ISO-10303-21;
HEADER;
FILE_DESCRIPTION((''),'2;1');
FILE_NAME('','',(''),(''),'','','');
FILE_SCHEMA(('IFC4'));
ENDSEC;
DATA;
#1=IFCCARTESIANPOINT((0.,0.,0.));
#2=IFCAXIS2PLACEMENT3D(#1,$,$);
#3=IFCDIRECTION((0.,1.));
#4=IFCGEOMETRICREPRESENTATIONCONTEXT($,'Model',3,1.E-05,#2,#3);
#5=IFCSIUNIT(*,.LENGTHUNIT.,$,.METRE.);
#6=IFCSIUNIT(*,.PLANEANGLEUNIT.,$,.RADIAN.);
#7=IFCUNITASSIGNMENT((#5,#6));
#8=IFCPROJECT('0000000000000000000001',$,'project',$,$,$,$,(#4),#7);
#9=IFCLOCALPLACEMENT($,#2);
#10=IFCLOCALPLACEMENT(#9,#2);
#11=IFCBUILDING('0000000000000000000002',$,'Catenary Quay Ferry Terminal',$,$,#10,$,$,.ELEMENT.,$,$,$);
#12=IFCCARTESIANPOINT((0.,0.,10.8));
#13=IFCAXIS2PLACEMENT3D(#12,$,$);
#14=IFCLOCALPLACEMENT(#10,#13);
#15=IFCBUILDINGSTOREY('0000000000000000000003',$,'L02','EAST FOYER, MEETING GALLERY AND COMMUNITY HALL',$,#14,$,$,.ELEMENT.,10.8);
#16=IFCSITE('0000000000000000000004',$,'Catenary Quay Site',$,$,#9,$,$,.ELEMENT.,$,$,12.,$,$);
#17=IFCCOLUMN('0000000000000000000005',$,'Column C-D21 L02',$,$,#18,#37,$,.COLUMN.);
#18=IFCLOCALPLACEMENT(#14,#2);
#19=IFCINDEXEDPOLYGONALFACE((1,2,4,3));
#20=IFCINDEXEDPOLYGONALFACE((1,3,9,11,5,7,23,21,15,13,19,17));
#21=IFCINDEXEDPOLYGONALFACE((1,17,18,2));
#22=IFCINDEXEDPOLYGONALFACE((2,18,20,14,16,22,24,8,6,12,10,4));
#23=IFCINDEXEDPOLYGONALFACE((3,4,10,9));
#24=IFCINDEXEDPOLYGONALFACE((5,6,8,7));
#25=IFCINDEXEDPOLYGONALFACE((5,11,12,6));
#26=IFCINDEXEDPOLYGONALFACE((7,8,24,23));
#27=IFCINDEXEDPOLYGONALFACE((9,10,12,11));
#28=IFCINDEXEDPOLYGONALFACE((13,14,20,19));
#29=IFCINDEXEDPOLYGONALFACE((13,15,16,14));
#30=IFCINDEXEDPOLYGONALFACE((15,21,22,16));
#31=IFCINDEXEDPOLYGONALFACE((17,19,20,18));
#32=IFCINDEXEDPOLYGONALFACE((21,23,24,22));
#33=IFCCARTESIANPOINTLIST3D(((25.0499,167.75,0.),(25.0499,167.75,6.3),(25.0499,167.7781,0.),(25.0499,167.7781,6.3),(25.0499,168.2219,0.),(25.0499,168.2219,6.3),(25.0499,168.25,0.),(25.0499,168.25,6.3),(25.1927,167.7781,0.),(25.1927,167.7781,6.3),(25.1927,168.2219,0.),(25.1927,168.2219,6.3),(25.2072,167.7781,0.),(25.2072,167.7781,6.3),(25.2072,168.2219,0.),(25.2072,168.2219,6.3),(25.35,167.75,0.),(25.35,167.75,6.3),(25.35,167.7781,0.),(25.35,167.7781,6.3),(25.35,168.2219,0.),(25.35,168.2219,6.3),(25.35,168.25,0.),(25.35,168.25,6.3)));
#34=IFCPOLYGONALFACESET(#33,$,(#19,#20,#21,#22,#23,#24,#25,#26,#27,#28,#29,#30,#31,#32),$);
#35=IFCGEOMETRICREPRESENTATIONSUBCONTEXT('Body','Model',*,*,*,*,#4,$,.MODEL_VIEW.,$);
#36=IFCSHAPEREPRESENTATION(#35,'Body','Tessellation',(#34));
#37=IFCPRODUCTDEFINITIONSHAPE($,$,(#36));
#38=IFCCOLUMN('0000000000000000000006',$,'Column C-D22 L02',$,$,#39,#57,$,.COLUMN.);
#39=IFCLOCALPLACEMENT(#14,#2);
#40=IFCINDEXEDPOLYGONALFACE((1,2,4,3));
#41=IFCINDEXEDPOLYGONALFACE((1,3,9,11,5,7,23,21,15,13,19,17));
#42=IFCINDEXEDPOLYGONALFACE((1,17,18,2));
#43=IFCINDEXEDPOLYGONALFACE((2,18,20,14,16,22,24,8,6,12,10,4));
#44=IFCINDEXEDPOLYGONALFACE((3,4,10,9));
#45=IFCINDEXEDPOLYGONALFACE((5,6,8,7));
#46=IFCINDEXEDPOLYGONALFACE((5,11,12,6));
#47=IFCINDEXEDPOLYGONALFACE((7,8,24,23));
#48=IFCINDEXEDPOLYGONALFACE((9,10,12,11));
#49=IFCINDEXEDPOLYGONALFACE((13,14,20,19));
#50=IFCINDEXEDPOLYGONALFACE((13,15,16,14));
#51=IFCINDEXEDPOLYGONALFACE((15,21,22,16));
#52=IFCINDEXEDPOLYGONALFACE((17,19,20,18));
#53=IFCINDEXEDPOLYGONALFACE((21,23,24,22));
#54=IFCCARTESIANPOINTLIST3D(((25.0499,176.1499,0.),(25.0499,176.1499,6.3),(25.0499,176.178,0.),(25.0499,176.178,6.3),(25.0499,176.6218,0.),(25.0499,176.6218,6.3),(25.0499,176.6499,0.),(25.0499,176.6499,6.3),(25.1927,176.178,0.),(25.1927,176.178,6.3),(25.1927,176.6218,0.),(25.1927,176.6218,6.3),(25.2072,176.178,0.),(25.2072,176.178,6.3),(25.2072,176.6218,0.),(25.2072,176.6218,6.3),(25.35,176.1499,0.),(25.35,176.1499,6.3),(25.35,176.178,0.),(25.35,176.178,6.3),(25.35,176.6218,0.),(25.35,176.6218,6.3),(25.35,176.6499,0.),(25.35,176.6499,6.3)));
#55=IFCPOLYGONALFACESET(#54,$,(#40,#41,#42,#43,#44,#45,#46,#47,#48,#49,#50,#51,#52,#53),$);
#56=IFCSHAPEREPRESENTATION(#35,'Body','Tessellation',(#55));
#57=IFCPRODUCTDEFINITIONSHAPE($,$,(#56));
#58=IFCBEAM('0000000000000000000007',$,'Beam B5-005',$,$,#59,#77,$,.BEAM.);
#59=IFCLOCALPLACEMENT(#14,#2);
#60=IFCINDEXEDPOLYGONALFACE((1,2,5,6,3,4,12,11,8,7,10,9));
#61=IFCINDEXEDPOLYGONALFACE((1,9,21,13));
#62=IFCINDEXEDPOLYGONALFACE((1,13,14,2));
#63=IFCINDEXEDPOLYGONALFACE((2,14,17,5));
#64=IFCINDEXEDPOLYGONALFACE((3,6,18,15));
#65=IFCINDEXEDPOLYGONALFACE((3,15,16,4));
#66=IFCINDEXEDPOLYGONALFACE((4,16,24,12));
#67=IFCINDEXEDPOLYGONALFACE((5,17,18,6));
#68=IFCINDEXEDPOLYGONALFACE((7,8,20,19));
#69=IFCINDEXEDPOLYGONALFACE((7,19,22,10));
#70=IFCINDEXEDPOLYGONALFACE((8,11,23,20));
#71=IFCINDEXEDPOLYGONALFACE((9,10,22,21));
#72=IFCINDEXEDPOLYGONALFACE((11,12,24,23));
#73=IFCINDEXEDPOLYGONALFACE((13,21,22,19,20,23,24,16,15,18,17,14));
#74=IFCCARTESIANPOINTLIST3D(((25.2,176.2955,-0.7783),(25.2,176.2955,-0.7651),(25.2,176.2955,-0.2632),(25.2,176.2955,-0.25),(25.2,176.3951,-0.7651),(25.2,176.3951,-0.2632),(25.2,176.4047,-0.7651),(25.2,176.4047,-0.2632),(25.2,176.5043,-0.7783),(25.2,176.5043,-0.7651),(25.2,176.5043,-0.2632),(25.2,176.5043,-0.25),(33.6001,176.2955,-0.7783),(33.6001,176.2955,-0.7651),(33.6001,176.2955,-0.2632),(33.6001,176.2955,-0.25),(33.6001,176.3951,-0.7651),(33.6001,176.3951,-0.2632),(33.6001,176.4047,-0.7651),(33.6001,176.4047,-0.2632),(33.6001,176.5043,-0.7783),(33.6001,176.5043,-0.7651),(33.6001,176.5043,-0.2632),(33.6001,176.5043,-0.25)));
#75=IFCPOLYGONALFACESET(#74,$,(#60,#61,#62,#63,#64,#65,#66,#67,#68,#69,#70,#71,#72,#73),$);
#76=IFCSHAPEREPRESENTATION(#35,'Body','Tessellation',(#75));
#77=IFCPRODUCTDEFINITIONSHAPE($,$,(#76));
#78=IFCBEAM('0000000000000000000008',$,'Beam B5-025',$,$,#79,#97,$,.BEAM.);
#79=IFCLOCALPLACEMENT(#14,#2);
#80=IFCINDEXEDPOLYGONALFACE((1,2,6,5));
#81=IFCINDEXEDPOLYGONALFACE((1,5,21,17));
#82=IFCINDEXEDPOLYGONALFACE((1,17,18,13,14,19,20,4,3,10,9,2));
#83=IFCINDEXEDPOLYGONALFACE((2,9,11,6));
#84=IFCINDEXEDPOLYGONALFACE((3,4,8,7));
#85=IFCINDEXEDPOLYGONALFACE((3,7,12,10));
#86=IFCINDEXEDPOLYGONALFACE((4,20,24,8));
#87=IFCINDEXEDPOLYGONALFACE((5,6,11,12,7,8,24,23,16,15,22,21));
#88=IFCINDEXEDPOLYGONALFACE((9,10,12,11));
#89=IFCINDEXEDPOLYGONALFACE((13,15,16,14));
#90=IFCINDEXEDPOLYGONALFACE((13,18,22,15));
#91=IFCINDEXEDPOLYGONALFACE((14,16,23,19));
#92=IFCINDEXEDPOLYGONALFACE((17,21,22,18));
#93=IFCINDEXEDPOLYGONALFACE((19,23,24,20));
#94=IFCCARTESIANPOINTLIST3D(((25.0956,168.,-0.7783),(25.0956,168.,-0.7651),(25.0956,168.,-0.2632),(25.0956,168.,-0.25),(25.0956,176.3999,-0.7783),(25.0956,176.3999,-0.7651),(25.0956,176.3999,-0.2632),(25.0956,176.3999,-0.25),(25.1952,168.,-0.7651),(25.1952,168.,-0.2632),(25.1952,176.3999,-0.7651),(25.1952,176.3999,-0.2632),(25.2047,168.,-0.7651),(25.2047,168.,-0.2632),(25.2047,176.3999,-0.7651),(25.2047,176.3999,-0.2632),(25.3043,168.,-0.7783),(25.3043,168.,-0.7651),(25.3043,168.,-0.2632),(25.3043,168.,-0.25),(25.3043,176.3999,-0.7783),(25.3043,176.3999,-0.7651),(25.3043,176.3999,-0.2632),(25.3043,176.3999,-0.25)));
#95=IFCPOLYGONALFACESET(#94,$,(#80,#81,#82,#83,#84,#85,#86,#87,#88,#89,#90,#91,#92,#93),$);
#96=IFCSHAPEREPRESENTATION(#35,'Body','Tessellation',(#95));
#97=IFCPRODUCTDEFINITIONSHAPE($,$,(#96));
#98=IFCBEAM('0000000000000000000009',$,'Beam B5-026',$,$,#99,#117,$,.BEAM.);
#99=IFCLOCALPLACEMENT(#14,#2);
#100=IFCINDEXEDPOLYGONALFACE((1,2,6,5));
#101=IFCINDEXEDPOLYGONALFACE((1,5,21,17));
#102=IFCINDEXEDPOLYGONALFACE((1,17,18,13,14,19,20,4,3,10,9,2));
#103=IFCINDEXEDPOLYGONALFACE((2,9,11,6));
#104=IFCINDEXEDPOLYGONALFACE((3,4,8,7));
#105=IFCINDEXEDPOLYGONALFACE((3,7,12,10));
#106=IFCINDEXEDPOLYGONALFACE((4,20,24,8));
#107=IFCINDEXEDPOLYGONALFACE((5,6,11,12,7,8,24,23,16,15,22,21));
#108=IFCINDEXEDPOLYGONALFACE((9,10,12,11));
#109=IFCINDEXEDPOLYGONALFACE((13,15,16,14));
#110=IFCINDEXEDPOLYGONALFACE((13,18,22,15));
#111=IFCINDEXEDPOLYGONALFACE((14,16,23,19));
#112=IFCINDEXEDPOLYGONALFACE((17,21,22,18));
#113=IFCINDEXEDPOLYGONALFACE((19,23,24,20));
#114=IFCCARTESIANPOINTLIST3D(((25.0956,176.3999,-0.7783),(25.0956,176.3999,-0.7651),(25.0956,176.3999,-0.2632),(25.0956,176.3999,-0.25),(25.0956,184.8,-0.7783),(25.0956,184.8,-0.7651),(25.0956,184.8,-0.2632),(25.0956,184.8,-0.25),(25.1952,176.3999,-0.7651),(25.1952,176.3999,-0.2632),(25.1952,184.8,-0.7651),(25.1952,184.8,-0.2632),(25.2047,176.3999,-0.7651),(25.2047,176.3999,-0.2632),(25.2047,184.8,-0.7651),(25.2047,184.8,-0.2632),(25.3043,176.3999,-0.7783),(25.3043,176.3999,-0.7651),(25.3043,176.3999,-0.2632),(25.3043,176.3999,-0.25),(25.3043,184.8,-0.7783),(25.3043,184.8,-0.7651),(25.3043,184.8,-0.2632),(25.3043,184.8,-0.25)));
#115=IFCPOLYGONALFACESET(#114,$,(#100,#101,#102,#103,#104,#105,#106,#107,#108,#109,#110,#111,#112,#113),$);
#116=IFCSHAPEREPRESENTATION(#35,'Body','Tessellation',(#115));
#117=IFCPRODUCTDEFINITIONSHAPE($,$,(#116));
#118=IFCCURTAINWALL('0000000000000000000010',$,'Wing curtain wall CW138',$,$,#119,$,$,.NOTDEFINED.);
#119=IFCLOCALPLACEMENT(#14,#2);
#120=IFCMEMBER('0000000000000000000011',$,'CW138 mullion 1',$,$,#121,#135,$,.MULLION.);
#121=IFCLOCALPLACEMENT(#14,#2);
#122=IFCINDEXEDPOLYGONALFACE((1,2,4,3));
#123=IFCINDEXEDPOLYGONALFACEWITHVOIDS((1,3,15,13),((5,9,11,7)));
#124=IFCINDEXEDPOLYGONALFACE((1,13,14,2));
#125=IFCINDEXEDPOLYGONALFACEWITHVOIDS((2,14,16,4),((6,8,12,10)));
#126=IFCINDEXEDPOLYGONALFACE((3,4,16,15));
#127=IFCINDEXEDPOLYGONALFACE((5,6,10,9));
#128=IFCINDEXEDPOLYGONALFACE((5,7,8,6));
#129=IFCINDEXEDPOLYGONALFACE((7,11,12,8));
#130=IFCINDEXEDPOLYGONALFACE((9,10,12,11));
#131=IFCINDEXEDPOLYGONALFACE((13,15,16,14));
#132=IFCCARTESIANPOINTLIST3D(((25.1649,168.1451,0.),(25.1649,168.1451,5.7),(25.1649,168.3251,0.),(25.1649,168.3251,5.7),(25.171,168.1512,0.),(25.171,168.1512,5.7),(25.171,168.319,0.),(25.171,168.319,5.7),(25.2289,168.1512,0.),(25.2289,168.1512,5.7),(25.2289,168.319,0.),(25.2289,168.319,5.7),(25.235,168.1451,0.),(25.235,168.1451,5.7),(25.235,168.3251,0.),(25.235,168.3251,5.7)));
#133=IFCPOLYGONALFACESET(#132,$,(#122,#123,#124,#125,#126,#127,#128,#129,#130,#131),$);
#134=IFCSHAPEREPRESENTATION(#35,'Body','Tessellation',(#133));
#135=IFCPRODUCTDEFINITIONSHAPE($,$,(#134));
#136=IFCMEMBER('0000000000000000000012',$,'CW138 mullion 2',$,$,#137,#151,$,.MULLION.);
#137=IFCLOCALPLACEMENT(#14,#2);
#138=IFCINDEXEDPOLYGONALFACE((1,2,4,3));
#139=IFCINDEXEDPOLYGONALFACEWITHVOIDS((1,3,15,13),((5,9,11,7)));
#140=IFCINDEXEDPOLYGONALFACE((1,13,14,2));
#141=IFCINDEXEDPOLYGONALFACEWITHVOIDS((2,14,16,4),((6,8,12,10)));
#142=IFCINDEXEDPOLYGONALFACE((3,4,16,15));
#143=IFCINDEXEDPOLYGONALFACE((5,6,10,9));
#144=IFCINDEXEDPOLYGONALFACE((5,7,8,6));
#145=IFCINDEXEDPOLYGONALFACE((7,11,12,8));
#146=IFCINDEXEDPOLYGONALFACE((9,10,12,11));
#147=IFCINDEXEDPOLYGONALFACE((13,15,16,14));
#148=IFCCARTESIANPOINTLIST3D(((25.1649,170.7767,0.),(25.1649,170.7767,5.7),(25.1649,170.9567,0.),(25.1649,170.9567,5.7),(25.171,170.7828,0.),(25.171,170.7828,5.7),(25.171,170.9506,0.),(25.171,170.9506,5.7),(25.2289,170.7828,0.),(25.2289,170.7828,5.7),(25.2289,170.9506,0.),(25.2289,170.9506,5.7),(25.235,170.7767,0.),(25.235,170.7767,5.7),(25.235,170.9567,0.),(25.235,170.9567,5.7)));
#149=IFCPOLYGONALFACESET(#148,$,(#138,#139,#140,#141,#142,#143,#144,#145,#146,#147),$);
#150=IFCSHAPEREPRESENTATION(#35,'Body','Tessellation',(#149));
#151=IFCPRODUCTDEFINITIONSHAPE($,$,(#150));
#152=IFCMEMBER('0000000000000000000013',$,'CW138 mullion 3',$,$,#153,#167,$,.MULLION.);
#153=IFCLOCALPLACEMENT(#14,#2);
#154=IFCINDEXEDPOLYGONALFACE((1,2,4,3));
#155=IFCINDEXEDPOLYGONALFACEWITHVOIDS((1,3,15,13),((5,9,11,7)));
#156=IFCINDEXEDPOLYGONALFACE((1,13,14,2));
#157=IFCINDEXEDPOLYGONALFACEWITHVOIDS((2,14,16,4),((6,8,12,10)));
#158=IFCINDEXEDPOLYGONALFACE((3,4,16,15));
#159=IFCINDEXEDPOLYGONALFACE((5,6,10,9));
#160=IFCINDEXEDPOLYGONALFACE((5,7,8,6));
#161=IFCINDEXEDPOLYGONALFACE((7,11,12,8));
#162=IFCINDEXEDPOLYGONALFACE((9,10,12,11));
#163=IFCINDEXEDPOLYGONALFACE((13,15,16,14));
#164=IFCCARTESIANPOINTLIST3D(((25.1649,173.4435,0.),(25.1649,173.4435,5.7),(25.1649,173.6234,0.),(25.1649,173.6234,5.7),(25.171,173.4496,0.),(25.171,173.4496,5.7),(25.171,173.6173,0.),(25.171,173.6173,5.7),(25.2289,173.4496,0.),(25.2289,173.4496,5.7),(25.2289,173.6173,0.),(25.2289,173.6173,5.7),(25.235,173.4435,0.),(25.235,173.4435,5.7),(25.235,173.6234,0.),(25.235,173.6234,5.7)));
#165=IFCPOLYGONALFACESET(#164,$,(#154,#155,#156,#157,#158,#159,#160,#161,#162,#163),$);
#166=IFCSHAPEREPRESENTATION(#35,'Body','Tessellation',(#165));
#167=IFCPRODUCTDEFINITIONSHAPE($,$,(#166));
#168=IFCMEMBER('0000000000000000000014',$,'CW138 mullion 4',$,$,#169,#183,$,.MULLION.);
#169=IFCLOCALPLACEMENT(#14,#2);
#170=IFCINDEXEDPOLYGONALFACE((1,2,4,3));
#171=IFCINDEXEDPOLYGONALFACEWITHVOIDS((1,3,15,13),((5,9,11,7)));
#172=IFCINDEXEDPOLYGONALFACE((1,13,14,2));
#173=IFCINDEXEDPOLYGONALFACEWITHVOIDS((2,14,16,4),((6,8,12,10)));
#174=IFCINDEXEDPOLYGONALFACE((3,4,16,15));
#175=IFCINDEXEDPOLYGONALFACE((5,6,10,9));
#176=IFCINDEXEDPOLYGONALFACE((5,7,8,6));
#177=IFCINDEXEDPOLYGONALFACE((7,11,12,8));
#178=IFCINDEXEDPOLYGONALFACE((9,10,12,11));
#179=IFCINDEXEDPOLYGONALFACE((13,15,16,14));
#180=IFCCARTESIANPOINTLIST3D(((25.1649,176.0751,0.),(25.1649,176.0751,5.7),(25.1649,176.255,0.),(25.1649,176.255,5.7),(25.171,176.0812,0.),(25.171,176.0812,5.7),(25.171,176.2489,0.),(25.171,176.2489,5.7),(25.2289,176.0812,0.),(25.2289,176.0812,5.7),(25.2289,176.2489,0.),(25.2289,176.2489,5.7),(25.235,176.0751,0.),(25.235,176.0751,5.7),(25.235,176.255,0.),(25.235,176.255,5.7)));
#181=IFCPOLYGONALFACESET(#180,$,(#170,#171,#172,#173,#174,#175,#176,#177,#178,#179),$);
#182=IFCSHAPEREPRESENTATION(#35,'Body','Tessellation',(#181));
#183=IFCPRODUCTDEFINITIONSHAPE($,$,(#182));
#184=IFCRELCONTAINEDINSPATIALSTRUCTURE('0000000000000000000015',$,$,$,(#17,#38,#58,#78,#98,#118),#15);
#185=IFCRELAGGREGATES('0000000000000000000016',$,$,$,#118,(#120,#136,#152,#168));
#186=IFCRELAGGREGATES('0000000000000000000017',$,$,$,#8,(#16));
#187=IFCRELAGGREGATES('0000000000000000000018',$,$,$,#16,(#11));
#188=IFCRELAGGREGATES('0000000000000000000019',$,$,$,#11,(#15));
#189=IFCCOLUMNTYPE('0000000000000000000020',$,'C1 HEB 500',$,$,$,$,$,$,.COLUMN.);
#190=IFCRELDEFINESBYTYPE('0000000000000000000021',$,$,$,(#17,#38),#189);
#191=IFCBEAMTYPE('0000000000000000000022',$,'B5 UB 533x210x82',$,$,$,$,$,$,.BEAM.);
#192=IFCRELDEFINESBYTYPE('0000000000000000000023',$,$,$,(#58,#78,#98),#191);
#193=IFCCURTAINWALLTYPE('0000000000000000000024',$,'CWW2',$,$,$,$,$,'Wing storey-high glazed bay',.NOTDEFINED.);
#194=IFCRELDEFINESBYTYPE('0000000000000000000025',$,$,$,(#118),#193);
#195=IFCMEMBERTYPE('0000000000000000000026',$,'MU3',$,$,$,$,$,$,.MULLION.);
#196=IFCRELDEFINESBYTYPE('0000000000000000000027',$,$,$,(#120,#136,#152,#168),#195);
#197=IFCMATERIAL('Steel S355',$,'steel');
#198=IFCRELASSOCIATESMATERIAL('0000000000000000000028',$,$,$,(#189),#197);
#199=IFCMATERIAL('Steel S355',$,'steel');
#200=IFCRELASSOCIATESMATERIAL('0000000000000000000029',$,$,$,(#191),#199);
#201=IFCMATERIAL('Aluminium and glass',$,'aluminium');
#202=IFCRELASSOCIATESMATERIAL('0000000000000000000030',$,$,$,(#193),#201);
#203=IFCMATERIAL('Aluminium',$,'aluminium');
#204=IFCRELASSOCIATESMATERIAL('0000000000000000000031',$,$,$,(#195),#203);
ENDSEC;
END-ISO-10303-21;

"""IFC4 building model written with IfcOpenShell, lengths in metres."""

from ifc_helpers import new_model, si_unit, direction, frame, origin, origin_2d, place, context, subcontext, project, spatial, hollow_rectangle, i_section, extrude, material, material_profile, profile_set, type_object, element, aggregate, save


model = new_model("IFC4")

# Units and contexts
model_context = context("Model", 3, precision=1e-05, world=origin(), true_north=direction((0.0, 1.0)))
body_context = subcontext(model_context, "Body", "Model", "MODEL_VIEW")
ifc_project = project(units=[si_unit("LENGTHUNIT", "METRE"), si_unit("PLANEANGLEUNIT", "RADIAN")], contexts=[model_context])

# Site, building, storey
site_placement = place(None, origin())
site = spatial("IfcSite", under=ifc_project, at=site_placement, Name="Catenary Quay Site", CompositionType="ELEMENT", RefElevation=12.0)
building_placement = place(site_placement, origin())
building = spatial("IfcBuilding", under=site, at=building_placement, Name="Catenary Quay Ferry Terminal", CompositionType="ELEMENT")
storey_placement = place(building_placement, frame((0.0, 0.0, 10.8)))
storey = spatial("IfcBuildingStorey", under=building, at=storey_placement, Name="L02", Description="EAST FOYER, MEETING GALLERY AND COMMUNITY HALL", CompositionType="ELEMENT", Elevation=10.8)

# Columns
ifc_material_1 = material(Name="Steel S355", Category="steel")
ifc_material_profile_1 = material_profile(ifc_material_1, i_section(OverallWidth=0.3, OverallDepth=0.5, WebThickness=0.0144, FlangeThickness=0.0281, at=origin_2d()), Name="HEB 500")
ifc_profile_set_1 = profile_set([ifc_material_profile_1], Name="Steel S355")
column_type = type_object("IfcColumnType", Name="C1 HEB 500", PredefinedType="COLUMN", material=ifc_profile_set_1)
for number, where, z_axis, x_axis, name in (
    (1, (25.2, 168.0, 0.0), (0.0, 0.0, 1.0), (1.0, 0.0, 0.0), "Column C-D21 L02"),
    (2, (25.2, 176.3999, 0.0), (0.0, 0.0, 1.0), (1.0, 0.0, 0.0), "Column C-D22 L02"),
):
    element("IfcColumn", number, at=place(storey_placement, frame(where, z_axis=z_axis, x_axis=x_axis)), inside=storey, type_object=column_type, Name=name, PredefinedType="COLUMN", context=body_context, shape_type="SweptSolid", body=[
        extrude(i_section(OverallWidth=0.3, OverallDepth=0.5, WebThickness=0.0144, FlangeThickness=0.0281, at=origin_2d()), origin(), (0.0, 0.0, 1.0), 6.3),
    ])

# Beams
ifc_material_2 = material(Name="Steel S355", Category="steel")
ifc_material_profile_2 = material_profile(ifc_material_2, i_section(OverallWidth=0.2087, OverallDepth=0.5283, WebThickness=0.0095, FlangeThickness=0.0132, at=origin_2d()), Name="UB 533x210x82")
ifc_profile_set_2 = profile_set([ifc_material_profile_2], Name="Steel S355")
beam_type = type_object("IfcBeamType", Name="B5 UB 533x210x82", PredefinedType="BEAM", material=ifc_profile_set_2)
beam_1_placement = place(storey_placement, frame((25.2, 176.3999, -0.5142), z_axis=(1.0, 0.0, 0.0), x_axis=(0.0, 1.0, 0.0)))
element("IfcBeam", 3, at=beam_1_placement, inside=storey, type_object=beam_type, Name="Beam B5-005", PredefinedType="BEAM", context=body_context, shape_type="SweptSolid", body=[
    extrude(i_section(OverallWidth=0.2087, OverallDepth=0.5283, WebThickness=0.0095, FlangeThickness=0.0132, at=origin_2d()), origin(), (0.0, 0.0, 1.0), 8.4001),
])
beam_2_placement = place(storey_placement, frame((25.2, 168.0, -0.5142), z_axis=(0.0, 1.0, 0.0), x_axis=(-1.0, 0.0, 0.0)))
element("IfcBeam", 4, at=beam_2_placement, inside=storey, type_object=beam_type, Name="Beam B5-025", PredefinedType="BEAM", context=body_context, shape_type="SweptSolid", body=[
    extrude(i_section(OverallWidth=0.2087, OverallDepth=0.5283, WebThickness=0.0095, FlangeThickness=0.0132, at=origin_2d()), origin(), (0.0, 0.0, 1.0), 8.3999),
])
beam_3_placement = place(storey_placement, frame((25.2, 176.3999, -0.5142), z_axis=(0.0, 1.0, 0.0), x_axis=(-1.0, 0.0, 0.0)))
element("IfcBeam", 5, at=beam_3_placement, inside=storey, type_object=beam_type, Name="Beam B5-026", PredefinedType="BEAM", context=body_context, shape_type="SweptSolid", body=[
    extrude(i_section(OverallWidth=0.2087, OverallDepth=0.5283, WebThickness=0.0095, FlangeThickness=0.0132, at=origin_2d()), origin(), (0.0, 0.0, 1.0), 8.4001),
])

# Curtain wall, members
ifc_material_3 = material(Name="Aluminium and glass", Category="aluminium")
curtain_wall_type = type_object("IfcCurtainWallType", Name="CWW2", ElementType="Wing storey-high glazed bay", PredefinedType="NOTDEFINED", material=ifc_material_3)
curtain_wall_1_placement = place(storey_placement, origin())
curtain_wall_1 = element("IfcCurtainWall", 6, at=curtain_wall_1_placement, inside=storey, type_object=curtain_wall_type, Name="Wing curtain wall CW138", PredefinedType="NOTDEFINED")
ifc_material_4 = material(Name="Aluminium", Category="aluminium")
ifc_material_profile_3 = material_profile(ifc_material_4, hollow_rectangle(XDim=0.0701, YDim=0.1799, WallThickness=0.0061, at=origin_2d()), Name="MU3")
ifc_profile_set_3 = profile_set([ifc_material_profile_3], Name="Aluminium")
member_type_1 = type_object("IfcMemberType", Name="MU3", PredefinedType="MULLION", material=ifc_profile_set_3)
member_1_placement = place(storey_placement, frame((25.2, 168.2351, 0.0), z_axis=(0.0, 0.0, 1.0), x_axis=(-1.0, 0.0, 0.0)))
member_1 = element("IfcMember", 7, at=member_1_placement, type_object=member_type_1, Name="CW138 mullion 1", PredefinedType="MULLION", context=body_context, shape_type="SweptSolid", body=[
    extrude(hollow_rectangle(XDim=0.0701, YDim=0.1799, WallThickness=0.0061, at=origin_2d()), origin(), (0.0, 0.0, 1.0), 5.7),
])
member_2_placement = place(storey_placement, frame((25.2, 170.8667, 0.0), z_axis=(0.0, 0.0, 1.0), x_axis=(-1.0, 0.0, 0.0)))
member_2 = element("IfcMember", 8, at=member_2_placement, type_object=member_type_1, Name="CW138 mullion 2", PredefinedType="MULLION", context=body_context, shape_type="SweptSolid", body=[
    extrude(hollow_rectangle(XDim=0.0701, YDim=0.1799, WallThickness=0.0061, at=origin_2d()), origin(), (0.0, 0.0, 1.0), 5.7),
])
member_3_placement = place(storey_placement, frame((25.2, 173.5334, 0.0), z_axis=(0.0, 0.0, 1.0), x_axis=(-1.0, 0.0, 0.0)))
member_3 = element("IfcMember", 9, at=member_3_placement, type_object=member_type_1, Name="CW138 mullion 3", PredefinedType="MULLION", context=body_context, shape_type="SweptSolid", body=[
    extrude(hollow_rectangle(XDim=0.0701, YDim=0.1799, WallThickness=0.0061, at=origin_2d()), origin(), (0.0, 0.0, 1.0), 5.7),
])
member_4_placement = place(storey_placement, frame((25.2, 176.165, 0.0), z_axis=(0.0, 0.0, 1.0), x_axis=(-1.0, 0.0, 0.0)))
member_4 = element("IfcMember", 10, at=member_4_placement, type_object=member_type_1, Name="CW138 mullion 4", PredefinedType="MULLION", context=body_context, shape_type="SweptSolid", body=[
    extrude(hollow_rectangle(XDim=0.0701, YDim=0.1799, WallThickness=0.0061, at=origin_2d()), origin(), (0.0, 0.0, 1.0), 5.7),
])

aggregate(curtain_wall_1, [member_1, member_2, member_3, member_4])

save(model, "model.ifc")
